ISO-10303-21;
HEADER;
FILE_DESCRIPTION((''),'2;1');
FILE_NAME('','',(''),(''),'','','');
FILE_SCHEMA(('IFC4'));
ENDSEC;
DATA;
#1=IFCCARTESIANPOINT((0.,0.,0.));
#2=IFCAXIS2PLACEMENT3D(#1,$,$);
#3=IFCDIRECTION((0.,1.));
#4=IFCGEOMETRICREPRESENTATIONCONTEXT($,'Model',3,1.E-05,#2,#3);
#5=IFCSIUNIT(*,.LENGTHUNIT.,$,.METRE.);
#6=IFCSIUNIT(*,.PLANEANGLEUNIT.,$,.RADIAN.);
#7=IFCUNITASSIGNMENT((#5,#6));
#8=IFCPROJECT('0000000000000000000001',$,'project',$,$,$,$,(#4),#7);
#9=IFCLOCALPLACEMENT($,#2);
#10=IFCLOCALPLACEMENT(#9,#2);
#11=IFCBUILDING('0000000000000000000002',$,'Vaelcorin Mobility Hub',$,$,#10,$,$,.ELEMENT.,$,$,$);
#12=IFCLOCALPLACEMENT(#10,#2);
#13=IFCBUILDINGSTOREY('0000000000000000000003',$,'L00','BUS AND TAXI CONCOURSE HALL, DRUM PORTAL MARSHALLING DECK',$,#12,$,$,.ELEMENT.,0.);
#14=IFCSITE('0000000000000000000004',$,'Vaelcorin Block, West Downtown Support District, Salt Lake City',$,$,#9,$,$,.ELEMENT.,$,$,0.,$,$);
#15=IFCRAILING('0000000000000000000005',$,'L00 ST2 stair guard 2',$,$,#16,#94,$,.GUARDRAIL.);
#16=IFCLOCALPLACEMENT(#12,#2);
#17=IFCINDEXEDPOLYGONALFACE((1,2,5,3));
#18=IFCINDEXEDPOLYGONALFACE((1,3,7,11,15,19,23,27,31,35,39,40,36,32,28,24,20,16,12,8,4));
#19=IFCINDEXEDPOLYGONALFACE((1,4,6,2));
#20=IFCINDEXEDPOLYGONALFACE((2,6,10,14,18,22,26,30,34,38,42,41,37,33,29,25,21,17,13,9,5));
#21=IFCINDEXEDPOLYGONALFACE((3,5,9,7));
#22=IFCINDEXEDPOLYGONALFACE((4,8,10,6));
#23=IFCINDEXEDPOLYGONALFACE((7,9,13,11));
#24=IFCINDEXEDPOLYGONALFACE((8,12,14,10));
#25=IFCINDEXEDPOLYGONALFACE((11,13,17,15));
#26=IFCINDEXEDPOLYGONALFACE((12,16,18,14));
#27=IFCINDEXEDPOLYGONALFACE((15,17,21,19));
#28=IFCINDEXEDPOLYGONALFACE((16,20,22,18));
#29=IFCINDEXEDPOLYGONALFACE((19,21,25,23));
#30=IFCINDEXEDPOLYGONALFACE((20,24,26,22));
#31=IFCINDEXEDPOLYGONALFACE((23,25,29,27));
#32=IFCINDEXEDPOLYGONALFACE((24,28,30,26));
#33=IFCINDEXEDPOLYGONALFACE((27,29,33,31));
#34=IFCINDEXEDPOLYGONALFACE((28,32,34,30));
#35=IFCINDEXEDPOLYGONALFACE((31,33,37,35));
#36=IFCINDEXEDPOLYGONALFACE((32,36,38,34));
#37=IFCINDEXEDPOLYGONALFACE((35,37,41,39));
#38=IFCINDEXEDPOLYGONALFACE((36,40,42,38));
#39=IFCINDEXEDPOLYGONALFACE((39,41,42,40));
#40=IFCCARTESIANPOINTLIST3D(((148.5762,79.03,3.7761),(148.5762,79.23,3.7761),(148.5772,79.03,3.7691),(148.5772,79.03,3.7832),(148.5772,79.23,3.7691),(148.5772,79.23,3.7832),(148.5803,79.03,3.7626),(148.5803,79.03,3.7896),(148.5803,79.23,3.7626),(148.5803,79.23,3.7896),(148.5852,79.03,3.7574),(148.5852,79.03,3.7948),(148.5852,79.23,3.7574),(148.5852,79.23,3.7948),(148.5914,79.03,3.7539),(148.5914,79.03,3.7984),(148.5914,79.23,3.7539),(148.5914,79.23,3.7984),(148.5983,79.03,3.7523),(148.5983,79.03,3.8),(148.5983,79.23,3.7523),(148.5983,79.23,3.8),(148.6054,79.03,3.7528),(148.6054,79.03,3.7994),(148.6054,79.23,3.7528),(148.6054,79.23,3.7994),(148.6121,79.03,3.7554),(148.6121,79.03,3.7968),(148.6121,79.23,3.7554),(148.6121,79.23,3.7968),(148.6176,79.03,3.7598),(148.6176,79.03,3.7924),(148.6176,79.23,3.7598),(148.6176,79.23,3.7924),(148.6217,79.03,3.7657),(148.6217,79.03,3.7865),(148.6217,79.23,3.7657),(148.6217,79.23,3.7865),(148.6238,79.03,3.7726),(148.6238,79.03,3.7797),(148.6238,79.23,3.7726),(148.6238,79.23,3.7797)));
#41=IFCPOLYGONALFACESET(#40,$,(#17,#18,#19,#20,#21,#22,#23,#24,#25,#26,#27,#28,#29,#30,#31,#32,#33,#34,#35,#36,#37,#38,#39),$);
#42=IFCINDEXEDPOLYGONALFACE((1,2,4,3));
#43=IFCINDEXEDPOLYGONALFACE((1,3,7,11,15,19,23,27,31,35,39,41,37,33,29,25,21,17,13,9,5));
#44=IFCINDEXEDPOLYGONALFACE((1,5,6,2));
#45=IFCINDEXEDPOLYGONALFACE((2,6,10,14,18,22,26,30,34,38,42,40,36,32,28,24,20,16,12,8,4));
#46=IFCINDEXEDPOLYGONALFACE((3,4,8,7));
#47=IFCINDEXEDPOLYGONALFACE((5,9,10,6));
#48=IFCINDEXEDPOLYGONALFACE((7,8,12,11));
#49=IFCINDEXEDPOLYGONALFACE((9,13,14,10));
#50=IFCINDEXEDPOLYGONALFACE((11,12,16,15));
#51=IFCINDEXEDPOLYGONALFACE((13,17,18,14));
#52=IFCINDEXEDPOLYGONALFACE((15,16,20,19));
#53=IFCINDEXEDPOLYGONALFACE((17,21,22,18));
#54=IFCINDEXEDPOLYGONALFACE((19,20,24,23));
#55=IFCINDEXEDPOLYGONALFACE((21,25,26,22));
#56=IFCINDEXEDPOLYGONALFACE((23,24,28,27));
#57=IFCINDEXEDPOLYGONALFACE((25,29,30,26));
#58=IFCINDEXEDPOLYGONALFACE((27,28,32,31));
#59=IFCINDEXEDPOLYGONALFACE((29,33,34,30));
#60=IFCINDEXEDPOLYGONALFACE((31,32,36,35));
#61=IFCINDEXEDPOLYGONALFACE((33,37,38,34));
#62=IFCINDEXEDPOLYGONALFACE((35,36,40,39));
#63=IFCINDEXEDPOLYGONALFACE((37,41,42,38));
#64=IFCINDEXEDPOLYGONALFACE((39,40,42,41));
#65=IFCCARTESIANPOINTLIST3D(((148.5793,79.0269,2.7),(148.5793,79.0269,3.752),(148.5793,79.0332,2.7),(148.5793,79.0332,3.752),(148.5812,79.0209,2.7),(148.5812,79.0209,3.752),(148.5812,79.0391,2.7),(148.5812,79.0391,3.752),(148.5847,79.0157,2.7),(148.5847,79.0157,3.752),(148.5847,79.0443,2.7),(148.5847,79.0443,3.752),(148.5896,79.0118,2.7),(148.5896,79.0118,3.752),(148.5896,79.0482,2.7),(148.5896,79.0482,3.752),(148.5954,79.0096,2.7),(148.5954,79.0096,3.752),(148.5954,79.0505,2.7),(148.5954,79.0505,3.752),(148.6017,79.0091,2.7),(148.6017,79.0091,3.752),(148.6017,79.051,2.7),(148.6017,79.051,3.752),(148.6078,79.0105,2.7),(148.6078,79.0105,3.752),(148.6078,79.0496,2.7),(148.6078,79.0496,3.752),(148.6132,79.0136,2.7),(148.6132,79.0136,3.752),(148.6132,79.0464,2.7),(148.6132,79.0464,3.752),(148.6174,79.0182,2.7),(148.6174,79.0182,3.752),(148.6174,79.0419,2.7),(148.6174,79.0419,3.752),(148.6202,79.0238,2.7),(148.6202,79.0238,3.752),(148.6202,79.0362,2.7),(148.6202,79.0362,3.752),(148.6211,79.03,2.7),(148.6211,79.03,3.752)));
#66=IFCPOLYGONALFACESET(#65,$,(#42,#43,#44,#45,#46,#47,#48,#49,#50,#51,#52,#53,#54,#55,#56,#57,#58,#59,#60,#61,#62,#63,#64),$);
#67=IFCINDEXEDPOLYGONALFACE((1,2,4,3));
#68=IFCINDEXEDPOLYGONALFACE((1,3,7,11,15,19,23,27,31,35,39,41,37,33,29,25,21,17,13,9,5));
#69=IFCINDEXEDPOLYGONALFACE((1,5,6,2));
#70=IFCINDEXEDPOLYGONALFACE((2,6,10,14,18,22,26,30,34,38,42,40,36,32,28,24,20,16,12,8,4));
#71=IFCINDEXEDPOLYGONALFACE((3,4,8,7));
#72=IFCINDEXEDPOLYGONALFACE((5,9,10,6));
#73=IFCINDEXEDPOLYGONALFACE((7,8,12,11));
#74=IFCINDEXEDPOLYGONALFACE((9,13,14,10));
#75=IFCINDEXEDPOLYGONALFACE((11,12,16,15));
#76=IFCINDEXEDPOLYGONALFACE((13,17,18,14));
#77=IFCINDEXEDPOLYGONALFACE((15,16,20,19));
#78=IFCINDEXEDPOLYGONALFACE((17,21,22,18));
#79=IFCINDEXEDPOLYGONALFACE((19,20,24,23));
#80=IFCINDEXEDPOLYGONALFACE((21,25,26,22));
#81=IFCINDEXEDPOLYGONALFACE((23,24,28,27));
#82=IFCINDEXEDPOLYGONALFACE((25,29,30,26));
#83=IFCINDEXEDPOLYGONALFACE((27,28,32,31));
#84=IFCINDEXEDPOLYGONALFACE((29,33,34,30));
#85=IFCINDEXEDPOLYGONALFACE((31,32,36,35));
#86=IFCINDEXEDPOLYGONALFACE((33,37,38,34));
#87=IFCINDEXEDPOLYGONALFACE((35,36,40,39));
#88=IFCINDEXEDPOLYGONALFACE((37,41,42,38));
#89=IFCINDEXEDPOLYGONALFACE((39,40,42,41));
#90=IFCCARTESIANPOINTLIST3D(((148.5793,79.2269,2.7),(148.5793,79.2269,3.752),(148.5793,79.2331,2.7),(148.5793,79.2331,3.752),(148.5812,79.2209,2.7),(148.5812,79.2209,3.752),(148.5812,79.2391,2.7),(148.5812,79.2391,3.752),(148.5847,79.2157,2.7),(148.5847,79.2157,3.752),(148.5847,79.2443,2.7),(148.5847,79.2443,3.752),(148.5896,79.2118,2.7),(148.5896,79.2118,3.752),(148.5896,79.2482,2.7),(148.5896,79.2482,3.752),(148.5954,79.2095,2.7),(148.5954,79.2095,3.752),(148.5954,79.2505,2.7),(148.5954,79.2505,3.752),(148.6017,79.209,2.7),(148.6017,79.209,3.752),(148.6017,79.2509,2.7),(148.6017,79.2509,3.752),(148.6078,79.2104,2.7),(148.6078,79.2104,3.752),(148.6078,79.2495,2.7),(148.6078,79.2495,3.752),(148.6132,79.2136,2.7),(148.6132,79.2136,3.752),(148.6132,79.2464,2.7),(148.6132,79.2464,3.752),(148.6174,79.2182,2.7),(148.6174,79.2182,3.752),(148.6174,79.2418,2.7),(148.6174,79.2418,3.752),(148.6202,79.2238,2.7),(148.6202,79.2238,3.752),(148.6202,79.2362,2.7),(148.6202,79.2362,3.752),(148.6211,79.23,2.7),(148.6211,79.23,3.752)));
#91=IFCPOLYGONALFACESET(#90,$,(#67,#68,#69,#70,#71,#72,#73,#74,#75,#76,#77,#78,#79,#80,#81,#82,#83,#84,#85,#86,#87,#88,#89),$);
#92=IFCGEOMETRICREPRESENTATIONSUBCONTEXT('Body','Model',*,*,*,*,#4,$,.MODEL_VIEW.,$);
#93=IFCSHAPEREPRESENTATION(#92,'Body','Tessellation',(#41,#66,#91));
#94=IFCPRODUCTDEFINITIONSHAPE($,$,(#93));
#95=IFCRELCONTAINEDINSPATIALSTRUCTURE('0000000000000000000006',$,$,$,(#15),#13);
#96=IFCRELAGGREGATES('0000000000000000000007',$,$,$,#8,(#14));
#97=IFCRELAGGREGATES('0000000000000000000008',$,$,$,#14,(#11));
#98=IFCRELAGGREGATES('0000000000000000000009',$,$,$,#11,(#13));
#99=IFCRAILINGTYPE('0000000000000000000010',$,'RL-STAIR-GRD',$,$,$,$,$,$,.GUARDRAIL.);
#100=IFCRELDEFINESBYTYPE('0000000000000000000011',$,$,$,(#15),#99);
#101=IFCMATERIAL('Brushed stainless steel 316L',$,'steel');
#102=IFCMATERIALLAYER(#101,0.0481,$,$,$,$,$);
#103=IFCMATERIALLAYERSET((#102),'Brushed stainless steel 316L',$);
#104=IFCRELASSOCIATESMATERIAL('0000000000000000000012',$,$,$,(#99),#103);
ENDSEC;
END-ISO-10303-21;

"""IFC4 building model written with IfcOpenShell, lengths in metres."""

from ifc_helpers import new_model, si_unit, direction, frame, origin, origin_2d, place, context, subcontext, project, spatial, circle, extrude, material, layer, layer_set, type_object, element, save


model = new_model("IFC4")

# Units and contexts
model_context = context("Model", 3, precision=1e-05, world=origin(), true_north=direction((0.0, 1.0)))
body_context = subcontext(model_context, "Body", "Model", "MODEL_VIEW")
ifc_project = project(units=[si_unit("LENGTHUNIT", "METRE"), si_unit("PLANEANGLEUNIT", "RADIAN")], contexts=[model_context])

# Site, building, storey
site_placement = place(None, origin())
site = spatial("IfcSite", under=ifc_project, at=site_placement, Name="Vaelcorin Block, West Downtown Support District, Salt Lake City", CompositionType="ELEMENT", RefElevation=0.0)
building_placement = place(site_placement, origin())
building = spatial("IfcBuilding", under=site, at=building_placement, Name="Vaelcorin Mobility Hub", CompositionType="ELEMENT")
storey_placement = place(building_placement, origin())
storey = spatial("IfcBuildingStorey", under=building, at=storey_placement, Name="L00", Description="BUS AND TAXI CONCOURSE HALL, DRUM PORTAL MARSHALLING DECK", CompositionType="ELEMENT", Elevation=0.0)

# Railing
ifc_material_1 = material(Name="Brushed stainless steel 316L", Category="steel")
ifc_layer_1 = layer(ifc_material_1, 0.0481)
ifc_layer_set_1 = layer_set([ifc_layer_1], Name="Brushed stainless steel 316L")
railing_type_1 = type_object("IfcRailingType", Name="RL-STAIR-GRD", PredefinedType="GUARDRAIL", material=ifc_layer_set_1)
railing_1_placement = place(storey_placement, frame((148.6001, 79.03, 2.7)))
element("IfcRailing", 1, at=railing_1_placement, inside=storey, type_object=railing_type_1, Name="L00 ST2 stair guard 2", PredefinedType="GUARDRAIL", context=body_context, shape_type="SweptSolid", body=[
    extrude(circle(Radius=0.0239, at=origin_2d()), frame((0.0, 0.0, 1.0762), z_axis=(0.0, 1.0, 0.0), x_axis=(-1.0, 0.0, 0.0)), (0.0, 0.0, 1.0), 0.2),
    extrude(circle(Radius=0.021, at=origin_2d()), origin(), (0.0, 0.0, 1.0), 1.052),
    extrude(circle(Radius=0.021, at=origin_2d()), frame((0.0, 0.2, 0.0)), (0.0, 0.0, 1.0), 1.052),
])

save(model, "model.ifc")
